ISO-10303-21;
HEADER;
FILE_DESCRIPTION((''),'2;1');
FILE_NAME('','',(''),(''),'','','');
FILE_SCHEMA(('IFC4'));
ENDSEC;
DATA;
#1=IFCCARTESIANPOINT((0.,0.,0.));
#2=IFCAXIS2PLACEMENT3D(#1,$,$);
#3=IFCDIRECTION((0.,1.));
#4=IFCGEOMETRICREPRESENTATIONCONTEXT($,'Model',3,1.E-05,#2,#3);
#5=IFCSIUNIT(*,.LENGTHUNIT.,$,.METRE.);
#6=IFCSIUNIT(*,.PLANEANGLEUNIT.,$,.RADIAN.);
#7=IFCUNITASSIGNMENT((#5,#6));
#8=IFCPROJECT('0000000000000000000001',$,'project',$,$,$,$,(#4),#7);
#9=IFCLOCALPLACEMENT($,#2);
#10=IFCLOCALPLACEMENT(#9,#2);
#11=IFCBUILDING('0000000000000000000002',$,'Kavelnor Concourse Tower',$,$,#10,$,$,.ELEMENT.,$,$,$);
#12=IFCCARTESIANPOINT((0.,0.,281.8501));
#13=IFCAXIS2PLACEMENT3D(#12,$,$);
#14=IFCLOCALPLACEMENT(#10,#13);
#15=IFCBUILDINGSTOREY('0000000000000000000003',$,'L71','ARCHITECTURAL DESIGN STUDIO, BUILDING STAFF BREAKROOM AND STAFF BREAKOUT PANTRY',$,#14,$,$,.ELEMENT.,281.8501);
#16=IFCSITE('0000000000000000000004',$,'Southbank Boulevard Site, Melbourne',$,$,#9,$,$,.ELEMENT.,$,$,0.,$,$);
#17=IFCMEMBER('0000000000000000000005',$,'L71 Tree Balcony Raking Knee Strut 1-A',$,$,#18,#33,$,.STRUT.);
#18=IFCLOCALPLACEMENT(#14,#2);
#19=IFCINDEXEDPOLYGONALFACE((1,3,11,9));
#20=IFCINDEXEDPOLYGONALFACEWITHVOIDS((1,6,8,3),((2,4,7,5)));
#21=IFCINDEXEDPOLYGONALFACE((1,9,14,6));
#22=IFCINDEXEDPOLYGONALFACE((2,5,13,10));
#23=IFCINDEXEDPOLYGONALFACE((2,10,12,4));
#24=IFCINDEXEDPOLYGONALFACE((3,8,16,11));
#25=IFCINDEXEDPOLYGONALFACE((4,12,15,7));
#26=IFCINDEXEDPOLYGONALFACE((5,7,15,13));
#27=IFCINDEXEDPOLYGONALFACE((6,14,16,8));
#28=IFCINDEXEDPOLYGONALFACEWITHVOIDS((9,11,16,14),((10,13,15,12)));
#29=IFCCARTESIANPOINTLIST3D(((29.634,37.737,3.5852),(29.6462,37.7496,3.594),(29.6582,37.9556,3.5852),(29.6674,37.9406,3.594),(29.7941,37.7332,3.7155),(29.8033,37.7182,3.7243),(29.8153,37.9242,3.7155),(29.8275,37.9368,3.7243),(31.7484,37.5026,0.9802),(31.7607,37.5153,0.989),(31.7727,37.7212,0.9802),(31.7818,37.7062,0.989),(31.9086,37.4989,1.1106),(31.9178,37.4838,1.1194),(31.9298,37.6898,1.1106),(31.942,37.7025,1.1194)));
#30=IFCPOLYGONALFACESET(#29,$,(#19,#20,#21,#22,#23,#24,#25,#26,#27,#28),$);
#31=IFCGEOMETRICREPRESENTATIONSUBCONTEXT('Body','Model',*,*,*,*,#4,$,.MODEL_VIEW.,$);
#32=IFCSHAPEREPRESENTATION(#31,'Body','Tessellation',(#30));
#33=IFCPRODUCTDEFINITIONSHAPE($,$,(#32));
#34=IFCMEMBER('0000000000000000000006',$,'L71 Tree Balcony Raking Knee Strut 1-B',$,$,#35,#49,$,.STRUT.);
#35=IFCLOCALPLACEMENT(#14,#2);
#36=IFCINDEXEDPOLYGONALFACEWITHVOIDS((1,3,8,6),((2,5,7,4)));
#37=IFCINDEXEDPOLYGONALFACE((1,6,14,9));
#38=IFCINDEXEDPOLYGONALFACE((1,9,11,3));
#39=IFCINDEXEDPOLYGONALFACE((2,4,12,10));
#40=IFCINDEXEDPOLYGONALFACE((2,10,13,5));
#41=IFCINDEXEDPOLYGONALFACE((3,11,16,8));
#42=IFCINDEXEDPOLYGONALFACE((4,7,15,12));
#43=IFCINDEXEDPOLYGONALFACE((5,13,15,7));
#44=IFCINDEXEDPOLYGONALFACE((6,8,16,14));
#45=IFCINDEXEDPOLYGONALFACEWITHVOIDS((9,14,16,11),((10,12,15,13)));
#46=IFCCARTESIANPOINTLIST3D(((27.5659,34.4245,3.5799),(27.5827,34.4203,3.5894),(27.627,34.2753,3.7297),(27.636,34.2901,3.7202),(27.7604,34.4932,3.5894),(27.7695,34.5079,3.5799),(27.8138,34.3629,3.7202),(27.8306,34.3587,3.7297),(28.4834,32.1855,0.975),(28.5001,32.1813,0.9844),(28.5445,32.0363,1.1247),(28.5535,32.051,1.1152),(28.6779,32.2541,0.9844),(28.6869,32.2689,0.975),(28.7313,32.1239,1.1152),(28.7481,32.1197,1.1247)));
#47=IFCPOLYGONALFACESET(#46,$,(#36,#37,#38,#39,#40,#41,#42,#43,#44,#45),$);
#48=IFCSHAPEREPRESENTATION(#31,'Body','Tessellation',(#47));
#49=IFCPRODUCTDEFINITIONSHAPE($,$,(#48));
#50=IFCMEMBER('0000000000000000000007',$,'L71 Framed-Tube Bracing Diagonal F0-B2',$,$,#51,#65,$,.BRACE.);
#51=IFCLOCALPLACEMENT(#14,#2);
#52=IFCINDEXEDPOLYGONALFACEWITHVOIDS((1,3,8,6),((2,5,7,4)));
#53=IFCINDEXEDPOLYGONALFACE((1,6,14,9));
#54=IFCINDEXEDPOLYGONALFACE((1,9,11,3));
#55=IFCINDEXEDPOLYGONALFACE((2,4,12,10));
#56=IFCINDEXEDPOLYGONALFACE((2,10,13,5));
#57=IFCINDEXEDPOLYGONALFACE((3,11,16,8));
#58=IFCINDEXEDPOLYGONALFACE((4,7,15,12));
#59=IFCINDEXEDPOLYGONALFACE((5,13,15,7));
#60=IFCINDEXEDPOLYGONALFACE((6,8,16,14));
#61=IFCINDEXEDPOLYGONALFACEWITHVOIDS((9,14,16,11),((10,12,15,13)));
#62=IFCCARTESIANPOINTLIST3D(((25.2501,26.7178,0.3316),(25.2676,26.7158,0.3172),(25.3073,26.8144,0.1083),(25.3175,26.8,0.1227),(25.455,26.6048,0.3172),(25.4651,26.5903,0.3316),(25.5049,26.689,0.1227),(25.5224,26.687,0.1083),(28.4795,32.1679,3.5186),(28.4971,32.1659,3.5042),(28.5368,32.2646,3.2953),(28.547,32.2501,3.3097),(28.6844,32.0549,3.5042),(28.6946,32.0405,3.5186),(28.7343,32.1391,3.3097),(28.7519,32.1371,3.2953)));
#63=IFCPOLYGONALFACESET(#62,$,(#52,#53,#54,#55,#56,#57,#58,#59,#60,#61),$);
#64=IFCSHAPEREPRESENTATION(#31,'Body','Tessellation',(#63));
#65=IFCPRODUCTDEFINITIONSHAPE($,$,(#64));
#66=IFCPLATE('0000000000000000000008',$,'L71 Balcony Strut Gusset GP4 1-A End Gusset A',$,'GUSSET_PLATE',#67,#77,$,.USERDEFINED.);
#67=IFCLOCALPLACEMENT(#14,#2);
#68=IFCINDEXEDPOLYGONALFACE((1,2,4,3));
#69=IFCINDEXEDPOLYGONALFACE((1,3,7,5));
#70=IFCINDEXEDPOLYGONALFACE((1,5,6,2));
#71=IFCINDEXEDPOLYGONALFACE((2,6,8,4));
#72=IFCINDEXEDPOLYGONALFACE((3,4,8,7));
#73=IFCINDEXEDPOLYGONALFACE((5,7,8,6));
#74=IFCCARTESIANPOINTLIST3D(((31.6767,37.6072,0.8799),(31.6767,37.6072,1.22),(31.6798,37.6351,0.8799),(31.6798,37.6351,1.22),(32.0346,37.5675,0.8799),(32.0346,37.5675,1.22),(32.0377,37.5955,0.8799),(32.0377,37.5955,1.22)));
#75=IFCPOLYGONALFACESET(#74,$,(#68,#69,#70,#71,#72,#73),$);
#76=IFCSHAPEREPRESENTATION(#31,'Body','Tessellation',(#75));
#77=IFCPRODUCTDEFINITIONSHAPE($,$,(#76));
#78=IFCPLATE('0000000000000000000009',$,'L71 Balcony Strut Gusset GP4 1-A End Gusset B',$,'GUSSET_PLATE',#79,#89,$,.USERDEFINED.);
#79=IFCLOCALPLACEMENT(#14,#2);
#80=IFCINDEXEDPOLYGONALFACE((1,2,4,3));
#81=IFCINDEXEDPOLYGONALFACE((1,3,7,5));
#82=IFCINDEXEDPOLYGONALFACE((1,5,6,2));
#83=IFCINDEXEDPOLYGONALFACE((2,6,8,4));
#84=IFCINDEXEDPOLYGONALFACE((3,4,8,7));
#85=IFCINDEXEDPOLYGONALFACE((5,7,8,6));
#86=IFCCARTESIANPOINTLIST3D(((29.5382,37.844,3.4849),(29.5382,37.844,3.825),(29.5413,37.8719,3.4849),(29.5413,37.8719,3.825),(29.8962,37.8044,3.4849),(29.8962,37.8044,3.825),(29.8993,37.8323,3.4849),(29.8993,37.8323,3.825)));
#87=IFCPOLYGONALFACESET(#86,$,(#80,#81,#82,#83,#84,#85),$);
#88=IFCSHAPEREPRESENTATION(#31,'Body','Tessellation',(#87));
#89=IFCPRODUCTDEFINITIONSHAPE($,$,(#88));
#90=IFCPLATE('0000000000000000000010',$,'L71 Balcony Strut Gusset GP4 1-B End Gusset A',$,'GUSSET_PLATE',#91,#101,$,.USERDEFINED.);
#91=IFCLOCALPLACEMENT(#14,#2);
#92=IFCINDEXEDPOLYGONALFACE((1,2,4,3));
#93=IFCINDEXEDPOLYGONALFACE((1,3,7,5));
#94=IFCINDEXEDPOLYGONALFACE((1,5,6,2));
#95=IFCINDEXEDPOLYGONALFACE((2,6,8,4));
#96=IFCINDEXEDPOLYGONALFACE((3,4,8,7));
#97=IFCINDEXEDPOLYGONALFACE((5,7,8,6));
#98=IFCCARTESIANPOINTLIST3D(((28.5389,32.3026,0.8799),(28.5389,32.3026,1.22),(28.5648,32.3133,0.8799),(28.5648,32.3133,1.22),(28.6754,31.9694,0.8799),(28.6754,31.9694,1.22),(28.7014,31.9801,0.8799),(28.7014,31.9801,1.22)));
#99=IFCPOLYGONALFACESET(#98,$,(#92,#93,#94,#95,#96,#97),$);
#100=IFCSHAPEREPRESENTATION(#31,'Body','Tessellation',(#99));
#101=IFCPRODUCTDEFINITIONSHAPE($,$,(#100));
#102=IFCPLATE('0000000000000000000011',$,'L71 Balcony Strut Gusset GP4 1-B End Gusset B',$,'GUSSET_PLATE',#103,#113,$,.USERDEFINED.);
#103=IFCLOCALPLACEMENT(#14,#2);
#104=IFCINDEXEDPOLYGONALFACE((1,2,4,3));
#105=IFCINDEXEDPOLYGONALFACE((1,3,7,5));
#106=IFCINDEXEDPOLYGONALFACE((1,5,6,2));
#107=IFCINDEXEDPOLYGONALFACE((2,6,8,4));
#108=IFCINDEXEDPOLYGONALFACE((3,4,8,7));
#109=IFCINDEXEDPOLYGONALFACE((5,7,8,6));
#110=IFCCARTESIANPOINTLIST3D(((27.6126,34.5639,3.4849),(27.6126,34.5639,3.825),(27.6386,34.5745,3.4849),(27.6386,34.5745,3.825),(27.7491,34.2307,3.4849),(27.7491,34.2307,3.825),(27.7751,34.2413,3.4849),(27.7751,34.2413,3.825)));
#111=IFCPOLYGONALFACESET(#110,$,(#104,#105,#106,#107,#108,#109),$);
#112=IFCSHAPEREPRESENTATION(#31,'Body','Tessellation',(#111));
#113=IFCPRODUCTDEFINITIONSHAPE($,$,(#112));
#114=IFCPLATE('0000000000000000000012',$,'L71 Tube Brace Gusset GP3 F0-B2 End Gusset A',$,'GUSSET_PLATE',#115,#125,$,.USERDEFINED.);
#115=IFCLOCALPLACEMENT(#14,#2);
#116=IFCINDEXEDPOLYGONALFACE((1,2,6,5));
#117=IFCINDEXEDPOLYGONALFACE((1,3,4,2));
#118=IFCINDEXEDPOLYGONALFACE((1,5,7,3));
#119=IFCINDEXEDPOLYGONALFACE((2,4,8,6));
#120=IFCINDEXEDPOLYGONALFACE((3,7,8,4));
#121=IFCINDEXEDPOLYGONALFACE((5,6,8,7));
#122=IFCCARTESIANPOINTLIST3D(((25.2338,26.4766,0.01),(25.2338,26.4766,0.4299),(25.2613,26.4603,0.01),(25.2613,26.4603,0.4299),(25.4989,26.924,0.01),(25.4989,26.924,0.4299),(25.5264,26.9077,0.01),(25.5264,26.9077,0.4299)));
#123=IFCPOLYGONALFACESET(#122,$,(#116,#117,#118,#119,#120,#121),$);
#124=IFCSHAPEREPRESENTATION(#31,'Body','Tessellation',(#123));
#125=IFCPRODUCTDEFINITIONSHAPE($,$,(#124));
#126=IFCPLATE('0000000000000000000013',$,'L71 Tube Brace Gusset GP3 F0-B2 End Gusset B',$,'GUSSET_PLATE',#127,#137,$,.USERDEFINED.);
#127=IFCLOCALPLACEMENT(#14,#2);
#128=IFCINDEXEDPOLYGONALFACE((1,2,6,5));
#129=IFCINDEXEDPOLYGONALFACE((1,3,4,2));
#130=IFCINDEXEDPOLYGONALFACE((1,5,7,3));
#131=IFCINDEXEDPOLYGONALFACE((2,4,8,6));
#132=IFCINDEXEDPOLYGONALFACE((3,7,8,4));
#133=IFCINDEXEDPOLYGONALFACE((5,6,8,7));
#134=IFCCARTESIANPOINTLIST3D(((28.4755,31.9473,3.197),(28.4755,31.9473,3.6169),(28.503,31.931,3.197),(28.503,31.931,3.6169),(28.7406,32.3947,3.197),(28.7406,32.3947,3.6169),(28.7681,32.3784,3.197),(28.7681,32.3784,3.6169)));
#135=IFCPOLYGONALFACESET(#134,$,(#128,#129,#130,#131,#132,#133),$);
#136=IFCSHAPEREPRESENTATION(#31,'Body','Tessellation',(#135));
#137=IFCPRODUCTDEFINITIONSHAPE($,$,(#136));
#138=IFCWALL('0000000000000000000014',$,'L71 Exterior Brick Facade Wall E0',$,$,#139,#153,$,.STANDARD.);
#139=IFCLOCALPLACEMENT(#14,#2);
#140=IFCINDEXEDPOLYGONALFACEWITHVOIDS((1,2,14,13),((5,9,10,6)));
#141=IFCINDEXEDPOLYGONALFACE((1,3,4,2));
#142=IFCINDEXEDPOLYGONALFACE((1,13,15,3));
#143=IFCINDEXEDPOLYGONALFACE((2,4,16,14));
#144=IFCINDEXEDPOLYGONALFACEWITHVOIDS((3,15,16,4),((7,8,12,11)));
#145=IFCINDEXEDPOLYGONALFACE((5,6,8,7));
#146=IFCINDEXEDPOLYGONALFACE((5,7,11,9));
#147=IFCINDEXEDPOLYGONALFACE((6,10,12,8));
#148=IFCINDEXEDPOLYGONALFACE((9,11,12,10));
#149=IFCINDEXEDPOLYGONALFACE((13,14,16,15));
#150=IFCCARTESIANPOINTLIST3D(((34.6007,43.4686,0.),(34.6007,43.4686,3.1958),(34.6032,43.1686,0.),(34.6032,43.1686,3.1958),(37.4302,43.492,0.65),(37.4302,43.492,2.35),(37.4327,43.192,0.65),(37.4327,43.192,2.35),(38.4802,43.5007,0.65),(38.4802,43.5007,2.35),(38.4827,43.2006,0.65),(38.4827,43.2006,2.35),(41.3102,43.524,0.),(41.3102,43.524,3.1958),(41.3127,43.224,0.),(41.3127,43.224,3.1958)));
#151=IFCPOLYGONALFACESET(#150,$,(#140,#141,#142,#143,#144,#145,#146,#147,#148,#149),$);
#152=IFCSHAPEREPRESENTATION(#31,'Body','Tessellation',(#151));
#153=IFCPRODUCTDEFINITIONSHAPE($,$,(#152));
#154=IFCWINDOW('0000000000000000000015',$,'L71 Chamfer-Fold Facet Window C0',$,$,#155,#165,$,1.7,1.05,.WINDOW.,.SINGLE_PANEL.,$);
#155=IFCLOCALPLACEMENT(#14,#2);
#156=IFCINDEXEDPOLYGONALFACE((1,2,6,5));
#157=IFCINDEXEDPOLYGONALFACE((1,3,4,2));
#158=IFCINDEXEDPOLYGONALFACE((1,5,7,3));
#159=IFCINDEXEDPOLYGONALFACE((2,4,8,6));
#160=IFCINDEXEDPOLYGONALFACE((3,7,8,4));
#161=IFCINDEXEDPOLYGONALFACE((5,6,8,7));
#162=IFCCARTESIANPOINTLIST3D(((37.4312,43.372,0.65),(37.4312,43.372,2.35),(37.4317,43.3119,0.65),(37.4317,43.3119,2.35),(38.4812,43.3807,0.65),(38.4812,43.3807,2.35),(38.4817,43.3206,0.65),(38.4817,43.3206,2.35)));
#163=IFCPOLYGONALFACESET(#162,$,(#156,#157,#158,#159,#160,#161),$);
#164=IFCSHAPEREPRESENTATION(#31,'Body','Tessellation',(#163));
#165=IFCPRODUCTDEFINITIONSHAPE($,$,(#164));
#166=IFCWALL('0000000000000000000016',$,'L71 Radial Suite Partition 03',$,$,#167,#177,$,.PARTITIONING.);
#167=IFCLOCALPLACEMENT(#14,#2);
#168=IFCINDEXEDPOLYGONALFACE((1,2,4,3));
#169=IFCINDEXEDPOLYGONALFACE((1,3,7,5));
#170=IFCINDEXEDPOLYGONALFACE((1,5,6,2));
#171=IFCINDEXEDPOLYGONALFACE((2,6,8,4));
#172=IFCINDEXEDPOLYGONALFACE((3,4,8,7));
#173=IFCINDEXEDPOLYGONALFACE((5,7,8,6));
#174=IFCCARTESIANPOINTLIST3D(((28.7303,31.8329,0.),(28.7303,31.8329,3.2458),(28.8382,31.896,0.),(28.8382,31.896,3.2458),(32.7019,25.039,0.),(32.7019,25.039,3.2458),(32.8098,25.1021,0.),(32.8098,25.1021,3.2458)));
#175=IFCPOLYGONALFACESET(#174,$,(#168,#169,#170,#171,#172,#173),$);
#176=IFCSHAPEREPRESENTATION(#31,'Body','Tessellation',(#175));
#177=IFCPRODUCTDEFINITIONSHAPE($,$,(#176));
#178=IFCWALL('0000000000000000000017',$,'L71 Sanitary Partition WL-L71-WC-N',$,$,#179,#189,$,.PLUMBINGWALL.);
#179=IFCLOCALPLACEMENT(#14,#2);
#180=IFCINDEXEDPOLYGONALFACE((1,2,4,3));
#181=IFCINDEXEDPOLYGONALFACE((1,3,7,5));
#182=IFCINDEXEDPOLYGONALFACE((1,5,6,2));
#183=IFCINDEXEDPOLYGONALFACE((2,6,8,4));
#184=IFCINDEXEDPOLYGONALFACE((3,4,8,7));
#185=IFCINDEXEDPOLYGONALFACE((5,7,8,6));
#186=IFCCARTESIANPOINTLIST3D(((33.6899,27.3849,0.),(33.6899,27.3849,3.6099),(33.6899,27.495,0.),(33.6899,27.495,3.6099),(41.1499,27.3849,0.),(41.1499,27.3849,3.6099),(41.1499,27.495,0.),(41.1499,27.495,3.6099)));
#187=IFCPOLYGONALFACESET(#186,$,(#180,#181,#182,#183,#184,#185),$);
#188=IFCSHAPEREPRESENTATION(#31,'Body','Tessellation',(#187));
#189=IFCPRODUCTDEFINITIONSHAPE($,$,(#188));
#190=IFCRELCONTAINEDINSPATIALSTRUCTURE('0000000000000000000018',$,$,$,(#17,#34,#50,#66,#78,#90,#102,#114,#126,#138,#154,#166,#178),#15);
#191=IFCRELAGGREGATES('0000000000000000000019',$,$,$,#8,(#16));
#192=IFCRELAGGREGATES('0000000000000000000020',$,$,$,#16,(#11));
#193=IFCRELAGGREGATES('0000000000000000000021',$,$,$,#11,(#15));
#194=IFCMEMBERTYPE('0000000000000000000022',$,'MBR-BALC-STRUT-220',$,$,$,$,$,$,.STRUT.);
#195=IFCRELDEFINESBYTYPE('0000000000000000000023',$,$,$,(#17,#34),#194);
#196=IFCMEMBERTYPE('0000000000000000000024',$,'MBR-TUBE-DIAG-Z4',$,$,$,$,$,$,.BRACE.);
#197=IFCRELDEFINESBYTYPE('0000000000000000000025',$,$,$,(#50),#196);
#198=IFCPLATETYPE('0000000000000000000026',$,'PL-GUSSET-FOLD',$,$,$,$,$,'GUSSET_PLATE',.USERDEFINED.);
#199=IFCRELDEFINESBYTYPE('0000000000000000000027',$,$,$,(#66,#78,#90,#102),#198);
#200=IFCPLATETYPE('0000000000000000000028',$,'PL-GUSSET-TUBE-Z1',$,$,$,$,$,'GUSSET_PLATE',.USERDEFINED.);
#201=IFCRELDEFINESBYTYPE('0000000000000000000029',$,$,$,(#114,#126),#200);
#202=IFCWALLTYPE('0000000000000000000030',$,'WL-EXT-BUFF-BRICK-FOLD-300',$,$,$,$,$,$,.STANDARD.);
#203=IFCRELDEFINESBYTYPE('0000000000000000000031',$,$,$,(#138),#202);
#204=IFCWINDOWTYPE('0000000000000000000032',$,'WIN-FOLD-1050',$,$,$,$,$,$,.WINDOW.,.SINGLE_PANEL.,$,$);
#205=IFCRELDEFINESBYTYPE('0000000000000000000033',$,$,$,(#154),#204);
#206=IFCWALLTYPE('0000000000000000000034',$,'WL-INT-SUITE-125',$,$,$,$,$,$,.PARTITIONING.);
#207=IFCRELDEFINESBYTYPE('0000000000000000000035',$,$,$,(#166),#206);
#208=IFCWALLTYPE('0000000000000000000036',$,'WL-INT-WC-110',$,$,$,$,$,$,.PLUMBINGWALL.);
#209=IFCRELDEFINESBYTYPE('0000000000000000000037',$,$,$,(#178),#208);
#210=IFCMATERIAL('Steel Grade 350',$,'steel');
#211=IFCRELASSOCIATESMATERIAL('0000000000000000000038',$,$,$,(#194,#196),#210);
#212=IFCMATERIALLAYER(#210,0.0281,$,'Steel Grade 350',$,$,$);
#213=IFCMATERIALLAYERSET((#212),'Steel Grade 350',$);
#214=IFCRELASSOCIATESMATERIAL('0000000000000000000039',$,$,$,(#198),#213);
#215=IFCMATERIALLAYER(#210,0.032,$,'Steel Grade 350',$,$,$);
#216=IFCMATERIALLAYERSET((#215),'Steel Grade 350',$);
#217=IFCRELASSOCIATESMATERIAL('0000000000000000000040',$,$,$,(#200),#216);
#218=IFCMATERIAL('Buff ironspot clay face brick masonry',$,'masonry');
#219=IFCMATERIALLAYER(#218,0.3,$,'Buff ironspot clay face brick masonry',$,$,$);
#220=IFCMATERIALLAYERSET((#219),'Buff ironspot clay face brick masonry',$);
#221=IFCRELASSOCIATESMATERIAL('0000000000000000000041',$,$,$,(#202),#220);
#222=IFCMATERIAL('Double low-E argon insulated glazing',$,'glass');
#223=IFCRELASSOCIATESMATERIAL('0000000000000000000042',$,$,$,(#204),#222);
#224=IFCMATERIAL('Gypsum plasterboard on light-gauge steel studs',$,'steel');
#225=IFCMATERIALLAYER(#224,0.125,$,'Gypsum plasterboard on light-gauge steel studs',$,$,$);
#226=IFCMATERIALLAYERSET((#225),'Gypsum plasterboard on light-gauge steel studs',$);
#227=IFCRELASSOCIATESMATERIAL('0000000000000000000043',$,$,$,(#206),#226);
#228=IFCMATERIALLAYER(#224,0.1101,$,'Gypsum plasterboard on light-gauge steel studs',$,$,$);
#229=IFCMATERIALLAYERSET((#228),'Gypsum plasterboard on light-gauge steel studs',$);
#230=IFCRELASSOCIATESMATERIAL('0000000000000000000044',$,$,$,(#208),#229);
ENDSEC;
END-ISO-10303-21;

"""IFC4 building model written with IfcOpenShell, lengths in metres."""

from ifc_helpers import new_model, si_unit, direction, frame, frame_2d, origin, origin_2d, place, context, subcontext, project, spatial, rectangle, hollow_rectangle, extrude, material, layer, layer_set, material_profile, profile_set, type_object, element, fill, save


model = new_model("IFC4")

# Units and contexts
model_context = context("Model", 3, precision=1e-05, world=origin(), true_north=direction((0.0, 1.0)))
body_context = subcontext(model_context, "Body", "Model", "MODEL_VIEW")
ifc_project = project(units=[si_unit("LENGTHUNIT", "METRE"), si_unit("PLANEANGLEUNIT", "RADIAN")], contexts=[model_context])

# Site, building, storey
site_placement = place(None, origin())
site = spatial("IfcSite", under=ifc_project, at=site_placement, Name="Southbank Boulevard Site, Melbourne", CompositionType="ELEMENT", RefElevation=0.0)
building_placement = place(site_placement, origin())
building = spatial("IfcBuilding", under=site, at=building_placement, Name="Kavelnor Concourse Tower", CompositionType="ELEMENT")
storey_placement = place(building_placement, frame((0.0, 0.0, 281.8501)))
storey = spatial("IfcBuildingStorey", under=building, at=storey_placement, Name="L71", Description="ARCHITECTURAL DESIGN STUDIO, BUILDING STAFF BREAKROOM AND STAFF BREAKOUT PANTRY", CompositionType="ELEMENT", Elevation=281.8501)

# Shared definitions
ifc_material_1 = material(Name="Steel Grade 350", Category="steel")

# Members
ifc_material_profile_1 = material_profile(ifc_material_1, hollow_rectangle(XDim=0.22, YDim=0.22, WallThickness=0.0139, at=origin_2d()), Name="SHS 220x220x14")
ifc_profile_set_1 = profile_set([ifc_material_profile_1], Name="Steel Grade 350")
member_type_1 = type_object("IfcMemberType", Name="MBR-BALC-STRUT-220", PredefinedType="STRUT", material=ifc_profile_set_1)
member_1_placement = place(storey_placement, frame((31.8452, 37.6025, 1.0498), z_axis=(-0.628693, 0.069685, 0.774525), x_axis=(-0.110167, -0.993913, 0.0)))
element("IfcMember", 1, at=member_1_placement, inside=storey, type_object=member_type_1, Name="L71 Tree Balcony Raking Knee Strut 1-A", PredefinedType="STRUT", context=body_context, shape_type="SweptSolid", body=[
    extrude(hollow_rectangle(XDim=0.22, YDim=0.22, WallThickness=0.0139, at=origin_2d()), origin(), (0.0, 0.0, 1.0), 3.3633),
])
member_2_placement = place(storey_placement, frame((28.6157, 32.1526, 1.0498), z_axis=(-0.258053, 0.62975, 0.732683), x_axis=(-0.925327, -0.379171, 0.0)))
element("IfcMember", 2, at=member_2_placement, inside=storey, type_object=member_type_1, Name="L71 Tree Balcony Raking Knee Strut 1-B", PredefinedType="STRUT", context=body_context, shape_type="SweptSolid", body=[
    extrude(hollow_rectangle(XDim=0.22, YDim=0.22, WallThickness=0.0139, at=origin_2d()), origin(), (0.0, 0.0, 1.0), 3.5554),
])
ifc_material_profile_2 = material_profile(ifc_material_1, hollow_rectangle(XDim=0.25, YDim=0.25, WallThickness=0.0161, at=origin_2d()), Name="SHS 250x250x16")
ifc_profile_set_2 = profile_set([ifc_material_profile_2], Name="Steel Grade 350")
member_type_2 = type_object("IfcMemberType", Name="MBR-TUBE-DIAG-Z4", PredefinedType="BRACE", material=ifc_profile_set_2)
member_3_placement = place(storey_placement, frame((25.3862, 26.7024, 0.22), z_axis=(0.455395, 0.768539, 0.449404), x_axis=(-0.860309, 0.509773, 0.0)))
element("IfcMember", 3, at=member_3_placement, inside=storey, type_object=member_type_2, Name="L71 Framed-Tube Bracing Diagonal F0-B2", PredefinedType="BRACE", context=body_context, shape_type="SweptSolid", body=[
    extrude(hollow_rectangle(XDim=0.25, YDim=0.25, WallThickness=0.0161, at=origin_2d()), origin(), (0.0, 0.0, 1.0), 7.0916),
])

# Plates
ifc_layer_1 = layer(ifc_material_1, 0.0281, Name="Steel Grade 350")
ifc_layer_set_1 = layer_set([ifc_layer_1], Name="Steel Grade 350")
plate_type_1 = type_object("IfcPlateType", Name="PL-GUSSET-FOLD", ElementType="GUSSET_PLATE", PredefinedType="USERDEFINED", material=ifc_layer_set_1)
for number, where, z_axis, x_axis, name in (
    (4, (31.8572, 37.6013, 0.8799), (0.0, 0.0, 1.0), (-0.993923, 0.110081, 0.0), "L71 Balcony Strut Gusset GP4 1-A End Gusset A"),
    (5, (29.7188, 37.8381, 3.4849), (0.0, 0.0, 1.0), (-0.993923, 0.110081, 0.0), "L71 Balcony Strut Gusset GP4 1-A End Gusset B"),
    (6, (28.6201, 32.1414, 0.8799), (0.0, 0.0, 1.0), (-0.379133, 0.925342, 0.0), "L71 Balcony Strut Gusset GP4 1-B End Gusset A"),
    (7, (27.6938, 34.4026, 3.4849), (0.0, 0.0, 1.0), (-0.379133, 0.925342, 0.0), "L71 Balcony Strut Gusset GP4 1-B End Gusset B"),
):
    element("IfcPlate", number, at=place(storey_placement, frame(where, z_axis=z_axis, x_axis=x_axis)), inside=storey, type_object=plate_type_1, Name=name, ObjectType="GUSSET_PLATE", PredefinedType="USERDEFINED", context=body_context, shape_type="SweptSolid", body=[
        extrude(rectangle(XDim=0.3601, YDim=0.0281, at=origin_2d()), origin(), (0.0, 0.0, 1.0), 0.3401),
    ])
ifc_layer_2 = layer(ifc_material_1, 0.032, Name="Steel Grade 350")
ifc_layer_set_2 = layer_set([ifc_layer_2], Name="Steel Grade 350")
plate_type_2 = type_object("IfcPlateType", Name="PL-GUSSET-TUBE-Z1", ElementType="GUSSET_PLATE", PredefinedType="USERDEFINED", material=ifc_layer_set_2)
for number, where, z_axis, x_axis, name in (
    (8, (25.3801, 26.6921, 0.01), (0.0, 0.0, 1.0), (0.509792, 0.860297, 0.0), "L71 Tube Brace Gusset GP3 F0-B2 End Gusset A"),
    (9, (28.6218, 32.1628, 3.197), (0.0, 0.0, 1.0), (0.509792, 0.860297, 0.0), "L71 Tube Brace Gusset GP3 F0-B2 End Gusset B"),
):
    element("IfcPlate", number, at=place(storey_placement, frame(where, z_axis=z_axis, x_axis=x_axis)), inside=storey, type_object=plate_type_2, Name=name, ObjectType="GUSSET_PLATE", PredefinedType="USERDEFINED", context=body_context, shape_type="SweptSolid", body=[
        extrude(rectangle(XDim=0.52, YDim=0.032, at=origin_2d()), origin(), (0.0, 0.0, 1.0), 0.4199),
    ])

# Wall, opening, window
ifc_material_2 = material(Name="Buff ironspot clay face brick masonry", Category="masonry")
ifc_layer_3 = layer(ifc_material_2, 0.3, Name="Buff ironspot clay face brick masonry")
ifc_layer_set_3 = layer_set([ifc_layer_3], Name="Buff ironspot clay face brick masonry")
wall_type_1 = type_object("IfcWallType", Name="WL-EXT-BUFF-BRICK-FOLD-300", PredefinedType="STANDARD", material=ifc_layer_set_3)
wall_1_placement = place(storey_placement, frame((34.6018, 43.3186, 0.0), z_axis=(0.0, 0.0, 1.0), x_axis=(0.999966, 0.00826, 0.0)))
wall_1 = element("IfcWall", 10, at=wall_1_placement, inside=storey, type_object=wall_type_1, Name="L71 Exterior Brick Facade Wall E0", PredefinedType="STANDARD", context=body_context, shape_type="SweptSolid", body=[
    extrude(rectangle(XDim=6.7097, YDim=0.3, at=frame_2d((3.355, 0.0))), origin(), (0.0, 0.0, 1.0), 3.1958),
])
opening_placement = place(wall_1_placement, frame((2.8298, 0.0, 0.6499)))
opening = element("IfcOpeningElement", 11, at=opening_placement, cuts=wall_1, PredefinedType="OPENING", context=body_context, shape_type="SweptSolid", body=[
    extrude(rectangle(XDim=1.05, YDim=1.7, at=frame_2d((0.5249, 0.8501))), frame((0.0, 0.1602, 0.0), z_axis=(0.0, -1.0, 0.0), x_axis=(1.0, 0.0, 0.0)), (0.0, 0.0, 1.0), 0.3201),
])
ifc_material_3 = material(Name="Double low-E argon insulated glazing", Category="glass")
window_type = type_object("IfcWindowType", Name="WIN-FOLD-1050", PartitioningType="SINGLE_PANEL", PredefinedType="WINDOW", material=ifc_material_3)
window_placement = place(opening_placement, origin())
window = element("IfcWindow", 12, at=window_placement, inside=storey, type_object=window_type, Name="L71 Chamfer-Fold Facet Window C0", OverallHeight=1.7, OverallWidth=1.05, PartitioningType="SINGLE_PANEL", PredefinedType="WINDOW", context=body_context, shape_type="SweptSolid", body=[
    extrude(rectangle(XDim=1.05, YDim=1.7, at=frame_2d((0.5249, 0.8501))), frame((0.0, 0.03, 0.0), z_axis=(0.0, -1.0, 0.0), x_axis=(1.0, 0.0, 0.0)), (0.0, 0.0, 1.0), 0.0601),
])
fill(opening, window)

# Walls
ifc_material_4 = material(Name="Gypsum plasterboard on light-gauge steel studs", Category="steel")
ifc_layer_4 = layer(ifc_material_4, 0.125, Name="Gypsum plasterboard on light-gauge steel studs")
ifc_layer_set_4 = layer_set([ifc_layer_4], Name="Gypsum plasterboard on light-gauge steel studs")
wall_type_2 = type_object("IfcWallType", Name="WL-INT-SUITE-125", PredefinedType="PARTITIONING", material=ifc_layer_set_4)
wall_2_placement = place(storey_placement, frame((32.7559, 25.0706, 0.0), z_axis=(0.0, 0.0, 1.0), x_axis=(-0.504681, 0.863306, 0.0)))
element("IfcWall", 13, at=wall_2_placement, inside=storey, type_object=wall_type_2, Name="L71 Radial Suite Partition 03", PredefinedType="PARTITIONING", context=body_context, shape_type="SweptSolid", body=[
    extrude(rectangle(XDim=7.8696, YDim=0.125, at=frame_2d((3.9348, 0.0))), origin(), (0.0, 0.0, 1.0), 3.2458),
])
ifc_layer_5 = layer(ifc_material_4, 0.1101, Name="Gypsum plasterboard on light-gauge steel studs")
ifc_layer_set_5 = layer_set([ifc_layer_5], Name="Gypsum plasterboard on light-gauge steel studs")
wall_type_3 = type_object("IfcWallType", Name="WL-INT-WC-110", PredefinedType="PLUMBINGWALL", material=ifc_layer_set_5)
wall_3_placement = place(storey_placement, frame((33.6899, 27.4399, 0.0), z_axis=(0.0, 0.0, 1.0), x_axis=(1.0, 0.0, 0.0)))
element("IfcWall", 14, at=wall_3_placement, inside=storey, type_object=wall_type_3, Name="L71 Sanitary Partition WL-L71-WC-N", PredefinedType="PLUMBINGWALL", context=body_context, shape_type="SweptSolid", body=[
    extrude(rectangle(XDim=7.46, YDim=0.1101, at=frame_2d((3.73, 0.0))), origin(), (0.0, 0.0, 1.0), 3.6099),
])

save(model, "model.ifc")
